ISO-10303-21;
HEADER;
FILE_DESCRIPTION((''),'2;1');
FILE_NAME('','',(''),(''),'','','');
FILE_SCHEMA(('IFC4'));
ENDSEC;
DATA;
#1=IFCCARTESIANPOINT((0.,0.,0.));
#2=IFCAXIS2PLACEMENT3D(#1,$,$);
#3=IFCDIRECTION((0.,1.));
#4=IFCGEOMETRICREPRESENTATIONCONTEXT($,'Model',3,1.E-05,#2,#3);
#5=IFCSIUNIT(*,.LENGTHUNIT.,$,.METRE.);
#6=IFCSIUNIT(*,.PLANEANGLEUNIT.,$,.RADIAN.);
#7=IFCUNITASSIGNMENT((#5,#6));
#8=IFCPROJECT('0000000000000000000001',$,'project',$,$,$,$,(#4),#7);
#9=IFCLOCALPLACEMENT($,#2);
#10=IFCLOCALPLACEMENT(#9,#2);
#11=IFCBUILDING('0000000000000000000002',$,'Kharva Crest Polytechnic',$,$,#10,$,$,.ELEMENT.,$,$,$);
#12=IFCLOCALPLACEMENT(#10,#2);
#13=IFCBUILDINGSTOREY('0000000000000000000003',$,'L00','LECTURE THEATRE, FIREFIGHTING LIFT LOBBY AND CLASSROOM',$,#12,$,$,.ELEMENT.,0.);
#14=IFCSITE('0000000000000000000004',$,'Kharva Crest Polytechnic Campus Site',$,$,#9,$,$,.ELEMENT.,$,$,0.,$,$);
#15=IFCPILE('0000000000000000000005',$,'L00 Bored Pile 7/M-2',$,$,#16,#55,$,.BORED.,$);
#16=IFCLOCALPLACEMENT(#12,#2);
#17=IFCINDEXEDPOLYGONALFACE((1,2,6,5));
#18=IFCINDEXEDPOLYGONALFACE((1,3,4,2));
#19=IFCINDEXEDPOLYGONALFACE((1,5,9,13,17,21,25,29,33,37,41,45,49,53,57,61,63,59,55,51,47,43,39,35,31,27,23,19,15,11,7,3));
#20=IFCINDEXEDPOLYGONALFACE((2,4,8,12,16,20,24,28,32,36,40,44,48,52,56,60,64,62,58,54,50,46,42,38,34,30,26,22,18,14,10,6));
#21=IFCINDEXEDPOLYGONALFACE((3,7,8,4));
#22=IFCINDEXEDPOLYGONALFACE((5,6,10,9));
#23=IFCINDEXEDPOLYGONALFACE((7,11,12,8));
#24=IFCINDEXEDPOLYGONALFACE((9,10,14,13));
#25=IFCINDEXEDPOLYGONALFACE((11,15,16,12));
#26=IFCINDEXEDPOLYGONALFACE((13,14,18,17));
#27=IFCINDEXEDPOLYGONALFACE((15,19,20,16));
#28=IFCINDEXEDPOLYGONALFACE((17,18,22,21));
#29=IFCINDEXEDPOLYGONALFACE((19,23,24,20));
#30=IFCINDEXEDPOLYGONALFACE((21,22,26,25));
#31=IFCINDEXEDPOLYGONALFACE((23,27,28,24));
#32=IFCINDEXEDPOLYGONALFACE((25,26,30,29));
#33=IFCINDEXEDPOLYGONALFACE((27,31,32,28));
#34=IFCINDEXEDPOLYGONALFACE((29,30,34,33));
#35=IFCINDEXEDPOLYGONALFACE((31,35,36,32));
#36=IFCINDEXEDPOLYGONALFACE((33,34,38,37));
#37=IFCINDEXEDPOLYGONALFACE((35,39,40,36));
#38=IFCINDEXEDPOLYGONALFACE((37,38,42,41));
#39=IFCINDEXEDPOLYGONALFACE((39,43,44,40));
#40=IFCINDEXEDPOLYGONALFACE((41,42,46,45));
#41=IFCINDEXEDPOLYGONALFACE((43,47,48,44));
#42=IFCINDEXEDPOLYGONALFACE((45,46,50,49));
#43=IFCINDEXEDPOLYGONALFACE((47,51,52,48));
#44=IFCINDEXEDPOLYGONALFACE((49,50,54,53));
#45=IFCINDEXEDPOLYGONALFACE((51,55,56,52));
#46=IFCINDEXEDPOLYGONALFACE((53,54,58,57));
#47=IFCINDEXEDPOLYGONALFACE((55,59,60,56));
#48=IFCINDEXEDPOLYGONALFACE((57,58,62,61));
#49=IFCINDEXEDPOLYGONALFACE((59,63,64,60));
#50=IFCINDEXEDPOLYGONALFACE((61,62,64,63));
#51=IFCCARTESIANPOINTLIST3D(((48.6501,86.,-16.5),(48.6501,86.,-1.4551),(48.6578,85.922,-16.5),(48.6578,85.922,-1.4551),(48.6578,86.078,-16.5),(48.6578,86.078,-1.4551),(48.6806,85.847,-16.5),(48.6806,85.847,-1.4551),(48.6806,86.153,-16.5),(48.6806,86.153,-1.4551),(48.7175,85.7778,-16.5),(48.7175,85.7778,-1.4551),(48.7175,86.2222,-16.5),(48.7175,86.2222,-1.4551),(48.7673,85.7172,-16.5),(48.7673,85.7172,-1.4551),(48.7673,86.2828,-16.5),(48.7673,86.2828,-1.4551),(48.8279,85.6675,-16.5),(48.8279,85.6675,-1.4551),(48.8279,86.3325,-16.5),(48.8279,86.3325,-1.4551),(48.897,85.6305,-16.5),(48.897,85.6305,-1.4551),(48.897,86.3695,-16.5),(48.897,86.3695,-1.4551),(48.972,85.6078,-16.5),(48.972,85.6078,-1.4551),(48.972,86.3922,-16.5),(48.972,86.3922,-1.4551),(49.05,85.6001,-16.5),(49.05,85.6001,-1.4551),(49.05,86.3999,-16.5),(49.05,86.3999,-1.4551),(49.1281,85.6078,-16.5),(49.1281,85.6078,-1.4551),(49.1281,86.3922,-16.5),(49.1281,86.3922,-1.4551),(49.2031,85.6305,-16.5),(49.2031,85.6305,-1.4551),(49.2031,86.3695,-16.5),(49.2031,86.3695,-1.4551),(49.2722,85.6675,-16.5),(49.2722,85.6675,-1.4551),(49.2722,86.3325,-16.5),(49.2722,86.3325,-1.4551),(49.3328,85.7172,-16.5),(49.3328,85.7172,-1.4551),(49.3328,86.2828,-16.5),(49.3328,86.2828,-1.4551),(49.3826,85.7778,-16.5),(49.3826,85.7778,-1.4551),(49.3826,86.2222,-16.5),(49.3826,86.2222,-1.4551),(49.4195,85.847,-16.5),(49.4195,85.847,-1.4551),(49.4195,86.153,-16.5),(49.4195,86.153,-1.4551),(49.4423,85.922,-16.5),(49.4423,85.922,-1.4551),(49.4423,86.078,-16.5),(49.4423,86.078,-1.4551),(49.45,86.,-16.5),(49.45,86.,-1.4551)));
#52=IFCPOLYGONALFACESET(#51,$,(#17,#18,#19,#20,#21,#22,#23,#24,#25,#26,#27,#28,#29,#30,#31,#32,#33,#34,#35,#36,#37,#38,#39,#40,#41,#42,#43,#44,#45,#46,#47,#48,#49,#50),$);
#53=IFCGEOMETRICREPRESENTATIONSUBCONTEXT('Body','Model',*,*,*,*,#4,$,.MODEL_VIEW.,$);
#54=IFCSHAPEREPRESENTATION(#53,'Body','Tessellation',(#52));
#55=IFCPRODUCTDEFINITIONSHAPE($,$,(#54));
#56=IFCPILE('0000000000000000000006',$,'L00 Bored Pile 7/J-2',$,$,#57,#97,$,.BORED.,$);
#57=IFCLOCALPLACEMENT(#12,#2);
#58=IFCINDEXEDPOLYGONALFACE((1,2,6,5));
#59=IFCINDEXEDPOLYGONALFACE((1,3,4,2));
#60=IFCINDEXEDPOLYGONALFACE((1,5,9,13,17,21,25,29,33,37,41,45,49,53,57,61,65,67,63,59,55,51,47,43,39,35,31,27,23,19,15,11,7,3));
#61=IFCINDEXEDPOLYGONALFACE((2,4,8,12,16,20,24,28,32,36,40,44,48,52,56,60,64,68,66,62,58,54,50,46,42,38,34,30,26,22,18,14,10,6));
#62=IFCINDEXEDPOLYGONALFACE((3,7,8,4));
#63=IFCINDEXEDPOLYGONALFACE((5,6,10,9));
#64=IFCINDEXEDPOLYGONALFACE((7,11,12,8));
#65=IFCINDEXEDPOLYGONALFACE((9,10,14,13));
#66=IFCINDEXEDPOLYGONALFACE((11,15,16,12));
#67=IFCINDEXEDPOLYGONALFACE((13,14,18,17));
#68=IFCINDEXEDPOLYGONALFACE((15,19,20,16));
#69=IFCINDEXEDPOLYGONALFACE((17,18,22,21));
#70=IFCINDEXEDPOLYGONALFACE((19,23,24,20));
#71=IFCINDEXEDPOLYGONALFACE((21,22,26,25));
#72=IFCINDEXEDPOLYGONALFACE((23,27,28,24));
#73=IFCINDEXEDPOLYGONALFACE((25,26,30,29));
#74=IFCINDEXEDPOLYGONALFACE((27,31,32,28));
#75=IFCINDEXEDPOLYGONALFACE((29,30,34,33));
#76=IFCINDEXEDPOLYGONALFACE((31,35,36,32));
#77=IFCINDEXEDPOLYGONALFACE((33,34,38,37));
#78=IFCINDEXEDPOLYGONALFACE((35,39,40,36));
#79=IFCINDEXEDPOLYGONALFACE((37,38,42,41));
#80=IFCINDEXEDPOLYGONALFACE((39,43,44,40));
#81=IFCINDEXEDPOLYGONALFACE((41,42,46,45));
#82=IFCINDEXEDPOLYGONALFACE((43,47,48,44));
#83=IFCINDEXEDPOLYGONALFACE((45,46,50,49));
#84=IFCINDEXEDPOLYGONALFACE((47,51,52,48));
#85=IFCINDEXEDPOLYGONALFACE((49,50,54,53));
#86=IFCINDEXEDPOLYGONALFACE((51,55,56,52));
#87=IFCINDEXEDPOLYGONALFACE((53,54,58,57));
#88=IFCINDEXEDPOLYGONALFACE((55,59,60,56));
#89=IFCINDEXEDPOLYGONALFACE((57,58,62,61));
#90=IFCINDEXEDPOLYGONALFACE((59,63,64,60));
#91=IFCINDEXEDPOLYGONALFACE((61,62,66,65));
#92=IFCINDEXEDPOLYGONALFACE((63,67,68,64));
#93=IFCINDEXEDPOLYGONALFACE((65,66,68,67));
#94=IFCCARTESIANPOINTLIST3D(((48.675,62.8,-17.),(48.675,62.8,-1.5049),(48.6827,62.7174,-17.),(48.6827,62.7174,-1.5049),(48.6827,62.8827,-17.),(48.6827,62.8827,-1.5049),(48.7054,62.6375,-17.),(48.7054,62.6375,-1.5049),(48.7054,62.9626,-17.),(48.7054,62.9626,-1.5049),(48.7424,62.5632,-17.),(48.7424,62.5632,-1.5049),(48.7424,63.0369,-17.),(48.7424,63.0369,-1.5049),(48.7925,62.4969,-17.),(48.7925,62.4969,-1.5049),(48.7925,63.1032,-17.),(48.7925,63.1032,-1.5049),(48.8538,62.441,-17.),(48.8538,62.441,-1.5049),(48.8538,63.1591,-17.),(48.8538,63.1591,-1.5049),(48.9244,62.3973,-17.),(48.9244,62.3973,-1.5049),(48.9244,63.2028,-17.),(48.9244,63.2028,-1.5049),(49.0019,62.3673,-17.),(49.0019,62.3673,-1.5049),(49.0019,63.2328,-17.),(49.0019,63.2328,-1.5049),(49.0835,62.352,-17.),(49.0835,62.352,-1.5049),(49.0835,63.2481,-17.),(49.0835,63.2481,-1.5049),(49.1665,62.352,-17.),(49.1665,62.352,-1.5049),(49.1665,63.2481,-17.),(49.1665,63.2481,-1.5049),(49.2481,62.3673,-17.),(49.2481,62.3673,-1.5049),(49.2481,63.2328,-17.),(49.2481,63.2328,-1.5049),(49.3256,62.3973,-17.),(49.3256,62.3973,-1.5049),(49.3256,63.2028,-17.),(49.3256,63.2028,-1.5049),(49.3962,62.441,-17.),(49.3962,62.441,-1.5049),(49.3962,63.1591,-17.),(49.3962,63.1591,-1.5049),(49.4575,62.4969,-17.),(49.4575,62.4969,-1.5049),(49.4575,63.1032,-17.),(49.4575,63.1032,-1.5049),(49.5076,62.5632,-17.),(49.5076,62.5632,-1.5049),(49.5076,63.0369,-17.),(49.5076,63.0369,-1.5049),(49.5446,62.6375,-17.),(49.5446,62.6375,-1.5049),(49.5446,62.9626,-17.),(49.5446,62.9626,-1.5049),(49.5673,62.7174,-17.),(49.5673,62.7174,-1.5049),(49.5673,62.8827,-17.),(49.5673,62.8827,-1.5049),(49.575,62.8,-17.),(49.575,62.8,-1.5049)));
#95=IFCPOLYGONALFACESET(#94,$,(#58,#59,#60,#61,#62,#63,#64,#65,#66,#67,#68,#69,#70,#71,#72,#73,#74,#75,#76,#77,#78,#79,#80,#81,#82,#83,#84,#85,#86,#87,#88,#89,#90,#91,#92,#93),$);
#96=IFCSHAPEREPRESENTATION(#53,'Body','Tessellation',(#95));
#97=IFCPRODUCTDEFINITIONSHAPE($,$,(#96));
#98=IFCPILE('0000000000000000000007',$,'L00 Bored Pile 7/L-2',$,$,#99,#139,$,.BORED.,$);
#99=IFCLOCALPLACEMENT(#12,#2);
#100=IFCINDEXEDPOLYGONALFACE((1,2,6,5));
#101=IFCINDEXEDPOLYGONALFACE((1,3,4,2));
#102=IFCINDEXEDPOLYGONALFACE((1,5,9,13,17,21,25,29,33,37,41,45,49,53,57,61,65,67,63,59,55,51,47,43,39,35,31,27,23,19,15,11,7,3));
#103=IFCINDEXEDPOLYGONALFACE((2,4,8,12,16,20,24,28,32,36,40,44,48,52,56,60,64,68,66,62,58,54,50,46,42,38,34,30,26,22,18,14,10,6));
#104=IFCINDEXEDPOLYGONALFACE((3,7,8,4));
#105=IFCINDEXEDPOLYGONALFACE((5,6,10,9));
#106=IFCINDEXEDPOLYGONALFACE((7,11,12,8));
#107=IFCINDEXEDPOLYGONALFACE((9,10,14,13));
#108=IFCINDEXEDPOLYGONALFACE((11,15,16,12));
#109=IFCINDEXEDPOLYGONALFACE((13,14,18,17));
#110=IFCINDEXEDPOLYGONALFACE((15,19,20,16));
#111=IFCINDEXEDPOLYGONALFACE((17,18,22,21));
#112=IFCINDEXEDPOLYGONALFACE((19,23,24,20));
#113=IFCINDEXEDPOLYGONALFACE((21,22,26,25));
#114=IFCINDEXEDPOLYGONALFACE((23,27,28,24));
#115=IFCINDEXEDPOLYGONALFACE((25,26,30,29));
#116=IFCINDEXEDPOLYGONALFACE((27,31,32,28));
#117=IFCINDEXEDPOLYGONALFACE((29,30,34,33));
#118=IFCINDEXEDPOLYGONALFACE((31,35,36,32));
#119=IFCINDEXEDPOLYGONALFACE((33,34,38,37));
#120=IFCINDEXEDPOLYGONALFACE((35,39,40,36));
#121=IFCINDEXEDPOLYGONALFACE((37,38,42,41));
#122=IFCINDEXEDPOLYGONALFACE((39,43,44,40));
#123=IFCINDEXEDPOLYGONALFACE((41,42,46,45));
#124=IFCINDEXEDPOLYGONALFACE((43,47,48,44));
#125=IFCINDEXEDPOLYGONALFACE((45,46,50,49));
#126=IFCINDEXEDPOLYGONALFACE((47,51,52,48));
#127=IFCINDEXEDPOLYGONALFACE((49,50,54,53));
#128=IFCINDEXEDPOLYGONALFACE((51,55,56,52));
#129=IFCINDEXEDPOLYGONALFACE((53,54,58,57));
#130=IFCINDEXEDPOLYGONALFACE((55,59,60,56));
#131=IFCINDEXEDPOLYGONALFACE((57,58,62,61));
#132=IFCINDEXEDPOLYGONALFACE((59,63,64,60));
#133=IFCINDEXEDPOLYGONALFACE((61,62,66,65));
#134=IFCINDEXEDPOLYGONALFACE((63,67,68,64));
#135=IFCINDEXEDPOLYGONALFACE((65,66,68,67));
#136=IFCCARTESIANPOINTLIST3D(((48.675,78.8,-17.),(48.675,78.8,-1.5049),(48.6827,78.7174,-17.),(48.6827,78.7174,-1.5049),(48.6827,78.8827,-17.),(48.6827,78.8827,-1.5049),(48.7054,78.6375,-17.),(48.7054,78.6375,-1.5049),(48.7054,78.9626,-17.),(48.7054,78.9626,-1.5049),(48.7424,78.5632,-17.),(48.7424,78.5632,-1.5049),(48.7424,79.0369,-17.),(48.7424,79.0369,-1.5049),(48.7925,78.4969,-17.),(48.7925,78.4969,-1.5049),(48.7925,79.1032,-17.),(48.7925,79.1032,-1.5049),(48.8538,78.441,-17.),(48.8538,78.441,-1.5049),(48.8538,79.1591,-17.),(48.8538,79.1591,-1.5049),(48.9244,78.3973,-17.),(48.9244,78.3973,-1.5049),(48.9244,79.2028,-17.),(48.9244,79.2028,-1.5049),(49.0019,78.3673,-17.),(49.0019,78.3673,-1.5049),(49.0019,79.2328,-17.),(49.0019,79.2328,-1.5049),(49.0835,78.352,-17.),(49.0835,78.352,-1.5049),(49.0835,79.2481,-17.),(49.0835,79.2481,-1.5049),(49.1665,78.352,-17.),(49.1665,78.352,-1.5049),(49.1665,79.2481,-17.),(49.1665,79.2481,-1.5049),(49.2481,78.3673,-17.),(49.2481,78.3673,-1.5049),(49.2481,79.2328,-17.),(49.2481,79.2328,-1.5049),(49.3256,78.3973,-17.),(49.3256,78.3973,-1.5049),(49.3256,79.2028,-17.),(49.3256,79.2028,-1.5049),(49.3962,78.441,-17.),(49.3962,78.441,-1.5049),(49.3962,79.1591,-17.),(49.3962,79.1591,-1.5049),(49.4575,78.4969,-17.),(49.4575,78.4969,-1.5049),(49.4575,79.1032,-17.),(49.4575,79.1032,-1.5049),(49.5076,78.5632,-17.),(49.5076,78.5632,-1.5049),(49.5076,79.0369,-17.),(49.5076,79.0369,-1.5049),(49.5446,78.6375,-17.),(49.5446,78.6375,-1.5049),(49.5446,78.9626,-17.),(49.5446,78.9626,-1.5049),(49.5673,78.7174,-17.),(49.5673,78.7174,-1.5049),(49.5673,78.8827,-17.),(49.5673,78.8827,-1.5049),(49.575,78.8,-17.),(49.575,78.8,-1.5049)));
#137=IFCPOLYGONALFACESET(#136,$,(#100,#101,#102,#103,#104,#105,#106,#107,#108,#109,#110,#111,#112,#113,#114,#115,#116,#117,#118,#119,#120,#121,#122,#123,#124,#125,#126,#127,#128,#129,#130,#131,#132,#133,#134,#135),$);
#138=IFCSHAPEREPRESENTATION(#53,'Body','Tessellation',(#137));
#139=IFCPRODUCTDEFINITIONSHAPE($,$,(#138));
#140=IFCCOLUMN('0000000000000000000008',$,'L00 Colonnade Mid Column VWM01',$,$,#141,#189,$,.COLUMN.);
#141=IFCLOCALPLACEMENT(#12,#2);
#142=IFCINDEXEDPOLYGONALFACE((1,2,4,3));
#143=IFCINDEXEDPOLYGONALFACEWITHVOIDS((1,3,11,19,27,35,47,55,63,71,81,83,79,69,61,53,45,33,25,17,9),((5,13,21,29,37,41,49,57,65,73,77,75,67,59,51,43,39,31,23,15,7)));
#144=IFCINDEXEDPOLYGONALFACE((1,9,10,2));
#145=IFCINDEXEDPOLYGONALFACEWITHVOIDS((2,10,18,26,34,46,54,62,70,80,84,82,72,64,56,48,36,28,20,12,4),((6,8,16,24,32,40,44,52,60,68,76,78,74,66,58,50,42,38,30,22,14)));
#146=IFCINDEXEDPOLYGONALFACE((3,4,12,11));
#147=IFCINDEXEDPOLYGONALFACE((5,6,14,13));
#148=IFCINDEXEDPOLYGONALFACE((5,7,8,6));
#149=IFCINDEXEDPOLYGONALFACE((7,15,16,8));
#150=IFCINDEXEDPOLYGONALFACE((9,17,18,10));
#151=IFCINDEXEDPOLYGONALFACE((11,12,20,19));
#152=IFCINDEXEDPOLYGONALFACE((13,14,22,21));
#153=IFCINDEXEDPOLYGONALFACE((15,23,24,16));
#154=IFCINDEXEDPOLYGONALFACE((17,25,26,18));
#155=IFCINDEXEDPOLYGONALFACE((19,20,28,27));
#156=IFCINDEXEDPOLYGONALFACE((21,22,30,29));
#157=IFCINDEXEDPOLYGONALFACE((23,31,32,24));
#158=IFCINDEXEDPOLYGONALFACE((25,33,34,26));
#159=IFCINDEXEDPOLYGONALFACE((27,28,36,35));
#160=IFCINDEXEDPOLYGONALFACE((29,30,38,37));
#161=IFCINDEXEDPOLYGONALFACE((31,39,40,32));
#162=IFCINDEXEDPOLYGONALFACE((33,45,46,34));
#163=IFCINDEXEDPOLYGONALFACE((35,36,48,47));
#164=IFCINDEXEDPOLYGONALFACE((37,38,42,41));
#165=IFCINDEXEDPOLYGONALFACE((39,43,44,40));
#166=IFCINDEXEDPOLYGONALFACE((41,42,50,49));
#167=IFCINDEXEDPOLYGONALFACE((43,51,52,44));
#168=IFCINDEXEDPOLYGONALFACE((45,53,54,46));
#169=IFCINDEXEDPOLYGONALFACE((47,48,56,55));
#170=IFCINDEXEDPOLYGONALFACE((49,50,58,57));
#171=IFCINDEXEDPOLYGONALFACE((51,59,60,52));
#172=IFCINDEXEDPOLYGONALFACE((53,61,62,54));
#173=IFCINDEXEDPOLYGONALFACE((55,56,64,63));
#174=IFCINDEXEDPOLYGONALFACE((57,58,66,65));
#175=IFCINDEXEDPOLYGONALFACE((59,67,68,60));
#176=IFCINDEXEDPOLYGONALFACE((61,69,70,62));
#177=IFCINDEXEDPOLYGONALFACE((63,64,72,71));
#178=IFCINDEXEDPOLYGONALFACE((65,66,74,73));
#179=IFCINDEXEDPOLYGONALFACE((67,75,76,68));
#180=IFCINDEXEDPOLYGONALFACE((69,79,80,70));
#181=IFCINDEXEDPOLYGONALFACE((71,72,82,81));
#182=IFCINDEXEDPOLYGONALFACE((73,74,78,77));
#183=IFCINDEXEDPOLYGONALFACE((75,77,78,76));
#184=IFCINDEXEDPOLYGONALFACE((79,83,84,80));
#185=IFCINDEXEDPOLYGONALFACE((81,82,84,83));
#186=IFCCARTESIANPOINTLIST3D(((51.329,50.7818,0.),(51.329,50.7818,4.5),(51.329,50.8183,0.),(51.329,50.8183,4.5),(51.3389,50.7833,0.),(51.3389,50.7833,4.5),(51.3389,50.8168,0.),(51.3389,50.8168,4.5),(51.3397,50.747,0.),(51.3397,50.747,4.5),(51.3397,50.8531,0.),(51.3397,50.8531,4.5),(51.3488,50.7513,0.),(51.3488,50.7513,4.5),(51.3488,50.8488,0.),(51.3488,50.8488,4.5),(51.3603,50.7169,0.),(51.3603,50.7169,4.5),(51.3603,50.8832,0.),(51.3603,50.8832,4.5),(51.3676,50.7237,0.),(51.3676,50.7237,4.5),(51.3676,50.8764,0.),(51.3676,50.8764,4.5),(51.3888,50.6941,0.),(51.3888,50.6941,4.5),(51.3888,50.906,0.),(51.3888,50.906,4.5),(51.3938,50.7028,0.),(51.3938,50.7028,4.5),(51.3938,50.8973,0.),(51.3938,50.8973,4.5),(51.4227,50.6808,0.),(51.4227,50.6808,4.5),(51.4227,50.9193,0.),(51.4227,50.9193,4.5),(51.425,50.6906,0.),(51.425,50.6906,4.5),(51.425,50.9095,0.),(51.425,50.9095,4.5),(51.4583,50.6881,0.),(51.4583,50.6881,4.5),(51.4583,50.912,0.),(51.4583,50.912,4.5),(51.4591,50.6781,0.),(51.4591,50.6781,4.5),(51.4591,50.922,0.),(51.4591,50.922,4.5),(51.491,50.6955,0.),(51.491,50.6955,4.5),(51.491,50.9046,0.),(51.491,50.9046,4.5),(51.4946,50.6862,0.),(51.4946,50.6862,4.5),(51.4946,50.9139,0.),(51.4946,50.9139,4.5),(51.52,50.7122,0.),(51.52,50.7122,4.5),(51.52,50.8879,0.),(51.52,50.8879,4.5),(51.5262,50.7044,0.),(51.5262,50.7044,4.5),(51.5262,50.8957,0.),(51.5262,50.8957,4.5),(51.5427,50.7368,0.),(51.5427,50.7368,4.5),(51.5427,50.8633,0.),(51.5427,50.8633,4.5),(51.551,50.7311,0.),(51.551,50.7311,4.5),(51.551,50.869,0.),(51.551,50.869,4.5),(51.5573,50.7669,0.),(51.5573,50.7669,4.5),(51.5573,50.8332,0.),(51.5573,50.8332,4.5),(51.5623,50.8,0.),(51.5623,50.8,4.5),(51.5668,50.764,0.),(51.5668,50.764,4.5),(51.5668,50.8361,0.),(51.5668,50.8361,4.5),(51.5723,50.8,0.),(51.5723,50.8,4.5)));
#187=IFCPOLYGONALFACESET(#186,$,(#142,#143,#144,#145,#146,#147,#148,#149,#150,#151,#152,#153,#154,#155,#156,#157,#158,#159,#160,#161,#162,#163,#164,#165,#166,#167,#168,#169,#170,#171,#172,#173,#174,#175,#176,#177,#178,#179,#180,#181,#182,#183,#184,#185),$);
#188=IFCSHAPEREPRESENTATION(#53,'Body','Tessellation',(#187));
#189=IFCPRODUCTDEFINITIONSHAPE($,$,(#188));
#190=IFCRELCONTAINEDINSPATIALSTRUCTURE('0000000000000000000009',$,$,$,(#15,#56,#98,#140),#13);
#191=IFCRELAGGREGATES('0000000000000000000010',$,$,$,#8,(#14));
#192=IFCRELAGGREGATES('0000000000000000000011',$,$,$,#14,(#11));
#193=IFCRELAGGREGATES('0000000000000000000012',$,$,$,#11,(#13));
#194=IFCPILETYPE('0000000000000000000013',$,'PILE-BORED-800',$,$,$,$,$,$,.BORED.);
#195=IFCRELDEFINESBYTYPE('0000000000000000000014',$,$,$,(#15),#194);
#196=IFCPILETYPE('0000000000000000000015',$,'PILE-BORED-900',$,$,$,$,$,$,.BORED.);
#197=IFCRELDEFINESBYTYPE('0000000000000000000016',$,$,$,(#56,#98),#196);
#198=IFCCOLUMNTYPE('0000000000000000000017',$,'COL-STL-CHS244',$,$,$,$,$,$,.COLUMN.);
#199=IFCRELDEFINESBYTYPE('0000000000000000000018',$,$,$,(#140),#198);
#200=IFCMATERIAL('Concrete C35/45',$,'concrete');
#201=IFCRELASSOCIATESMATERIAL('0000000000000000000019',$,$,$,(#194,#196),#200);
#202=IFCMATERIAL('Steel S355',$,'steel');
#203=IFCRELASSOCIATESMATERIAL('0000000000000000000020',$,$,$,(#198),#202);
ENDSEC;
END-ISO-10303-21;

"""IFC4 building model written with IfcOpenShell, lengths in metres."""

from ifc_helpers import new_model, si_unit, direction, frame, origin, origin_2d, place, context, subcontext, project, spatial, circle, hollow_circle, extrude, material, material_profile, profile_set, type_object, element, save


model = new_model("IFC4")

# Units and contexts
model_context = context("Model", 3, precision=1e-05, world=origin(), true_north=direction((0.0, 1.0)))
body_context = subcontext(model_context, "Body", "Model", "MODEL_VIEW")
ifc_project = project(units=[si_unit("LENGTHUNIT", "METRE"), si_unit("PLANEANGLEUNIT", "RADIAN")], contexts=[model_context])

# Site, building, storey
site_placement = place(None, origin())
site = spatial("IfcSite", under=ifc_project, at=site_placement, Name="Kharva Crest Polytechnic Campus Site", CompositionType="ELEMENT", RefElevation=0.0)
building_placement = place(site_placement, origin())
building = spatial("IfcBuilding", under=site, at=building_placement, Name="Kharva Crest Polytechnic", CompositionType="ELEMENT")
storey_placement = place(building_placement, origin())
storey = spatial("IfcBuildingStorey", under=building, at=storey_placement, Name="L00", Description="LECTURE THEATRE, FIREFIGHTING LIFT LOBBY AND CLASSROOM", CompositionType="ELEMENT", Elevation=0.0)

# Shared definitions
ifc_material_1 = material(Name="Concrete C35/45", Category="concrete")

# Piles
ifc_material_profile_1 = material_profile(ifc_material_1, circle(Radius=0.3999, at=origin_2d()), Name="DIA 800")
ifc_profile_set_1 = profile_set([ifc_material_profile_1], Name="Concrete C35/45")
pile_type_1 = type_object("IfcPileType", Name="PILE-BORED-800", PredefinedType="BORED", material=ifc_profile_set_1)
for number, where, z_axis, x_axis, name in (
    (1, (49.05, 86.0, -1.4551), (0.0, 0.0, -1.0), (1.0, 0.0, 0.0), "L00 Bored Pile 7/M-2"),
):
    element("IfcPile", number, at=place(storey_placement, frame(where, z_axis=z_axis, x_axis=x_axis)), inside=storey, type_object=pile_type_1, Name=name, PredefinedType="BORED", context=body_context, shape_type="SweptSolid", body=[
        extrude(circle(Radius=0.3999, at=origin_2d()), origin(), (0.0, 0.0, 1.0), 15.0449),
    ])
ifc_material_profile_2 = material_profile(ifc_material_1, circle(Radius=0.45, at=origin_2d()), Name="DIA 900")
ifc_profile_set_2 = profile_set([ifc_material_profile_2], Name="Concrete C35/45")
pile_type_2 = type_object("IfcPileType", Name="PILE-BORED-900", PredefinedType="BORED", material=ifc_profile_set_2)
for number, where, z_axis, x_axis, name in (
    (2, (49.125, 62.8, -1.5049), (0.0, 0.0, -1.0), (1.0, 0.0, 0.0), "L00 Bored Pile 7/J-2"),
    (3, (49.125, 78.8, -1.5049), (0.0, 0.0, -1.0), (1.0, 0.0, 0.0), "L00 Bored Pile 7/L-2"),
):
    element("IfcPile", number, at=place(storey_placement, frame(where, z_axis=z_axis, x_axis=x_axis)), inside=storey, type_object=pile_type_2, Name=name, PredefinedType="BORED", context=body_context, shape_type="SweptSolid", body=[
        extrude(circle(Radius=0.45, at=origin_2d()), origin(), (0.0, 0.0, 1.0), 15.4951),
    ])

# Column
ifc_material_2 = material(Name="Steel S355", Category="steel")
ifc_material_profile_3 = material_profile(ifc_material_2, hollow_circle(Radius=0.1223, WallThickness=0.01, at=origin_2d()), Name="CHS 244.5X10.0")
ifc_profile_set_3 = profile_set([ifc_material_profile_3], Name="Steel S355")
column_type_1 = type_object("IfcColumnType", Name="COL-STL-CHS244", PredefinedType="COLUMN", material=ifc_profile_set_3)
for number, where, z_axis, x_axis, name in (
    (4, (51.45, 50.8, 0.0), (0.0, 0.0, 1.0), (1.0, 0.0, 0.0), "L00 Colonnade Mid Column VWM01"),
):
    element("IfcColumn", number, at=place(storey_placement, frame(where, z_axis=z_axis, x_axis=x_axis)), inside=storey, type_object=column_type_1, Name=name, PredefinedType="COLUMN", context=body_context, shape_type="SweptSolid", body=[
        extrude(hollow_circle(Radius=0.1223, WallThickness=0.01, at=origin_2d()), origin(), (0.0, 0.0, 1.0), 4.5),
    ])

save(model, "model.ifc")
